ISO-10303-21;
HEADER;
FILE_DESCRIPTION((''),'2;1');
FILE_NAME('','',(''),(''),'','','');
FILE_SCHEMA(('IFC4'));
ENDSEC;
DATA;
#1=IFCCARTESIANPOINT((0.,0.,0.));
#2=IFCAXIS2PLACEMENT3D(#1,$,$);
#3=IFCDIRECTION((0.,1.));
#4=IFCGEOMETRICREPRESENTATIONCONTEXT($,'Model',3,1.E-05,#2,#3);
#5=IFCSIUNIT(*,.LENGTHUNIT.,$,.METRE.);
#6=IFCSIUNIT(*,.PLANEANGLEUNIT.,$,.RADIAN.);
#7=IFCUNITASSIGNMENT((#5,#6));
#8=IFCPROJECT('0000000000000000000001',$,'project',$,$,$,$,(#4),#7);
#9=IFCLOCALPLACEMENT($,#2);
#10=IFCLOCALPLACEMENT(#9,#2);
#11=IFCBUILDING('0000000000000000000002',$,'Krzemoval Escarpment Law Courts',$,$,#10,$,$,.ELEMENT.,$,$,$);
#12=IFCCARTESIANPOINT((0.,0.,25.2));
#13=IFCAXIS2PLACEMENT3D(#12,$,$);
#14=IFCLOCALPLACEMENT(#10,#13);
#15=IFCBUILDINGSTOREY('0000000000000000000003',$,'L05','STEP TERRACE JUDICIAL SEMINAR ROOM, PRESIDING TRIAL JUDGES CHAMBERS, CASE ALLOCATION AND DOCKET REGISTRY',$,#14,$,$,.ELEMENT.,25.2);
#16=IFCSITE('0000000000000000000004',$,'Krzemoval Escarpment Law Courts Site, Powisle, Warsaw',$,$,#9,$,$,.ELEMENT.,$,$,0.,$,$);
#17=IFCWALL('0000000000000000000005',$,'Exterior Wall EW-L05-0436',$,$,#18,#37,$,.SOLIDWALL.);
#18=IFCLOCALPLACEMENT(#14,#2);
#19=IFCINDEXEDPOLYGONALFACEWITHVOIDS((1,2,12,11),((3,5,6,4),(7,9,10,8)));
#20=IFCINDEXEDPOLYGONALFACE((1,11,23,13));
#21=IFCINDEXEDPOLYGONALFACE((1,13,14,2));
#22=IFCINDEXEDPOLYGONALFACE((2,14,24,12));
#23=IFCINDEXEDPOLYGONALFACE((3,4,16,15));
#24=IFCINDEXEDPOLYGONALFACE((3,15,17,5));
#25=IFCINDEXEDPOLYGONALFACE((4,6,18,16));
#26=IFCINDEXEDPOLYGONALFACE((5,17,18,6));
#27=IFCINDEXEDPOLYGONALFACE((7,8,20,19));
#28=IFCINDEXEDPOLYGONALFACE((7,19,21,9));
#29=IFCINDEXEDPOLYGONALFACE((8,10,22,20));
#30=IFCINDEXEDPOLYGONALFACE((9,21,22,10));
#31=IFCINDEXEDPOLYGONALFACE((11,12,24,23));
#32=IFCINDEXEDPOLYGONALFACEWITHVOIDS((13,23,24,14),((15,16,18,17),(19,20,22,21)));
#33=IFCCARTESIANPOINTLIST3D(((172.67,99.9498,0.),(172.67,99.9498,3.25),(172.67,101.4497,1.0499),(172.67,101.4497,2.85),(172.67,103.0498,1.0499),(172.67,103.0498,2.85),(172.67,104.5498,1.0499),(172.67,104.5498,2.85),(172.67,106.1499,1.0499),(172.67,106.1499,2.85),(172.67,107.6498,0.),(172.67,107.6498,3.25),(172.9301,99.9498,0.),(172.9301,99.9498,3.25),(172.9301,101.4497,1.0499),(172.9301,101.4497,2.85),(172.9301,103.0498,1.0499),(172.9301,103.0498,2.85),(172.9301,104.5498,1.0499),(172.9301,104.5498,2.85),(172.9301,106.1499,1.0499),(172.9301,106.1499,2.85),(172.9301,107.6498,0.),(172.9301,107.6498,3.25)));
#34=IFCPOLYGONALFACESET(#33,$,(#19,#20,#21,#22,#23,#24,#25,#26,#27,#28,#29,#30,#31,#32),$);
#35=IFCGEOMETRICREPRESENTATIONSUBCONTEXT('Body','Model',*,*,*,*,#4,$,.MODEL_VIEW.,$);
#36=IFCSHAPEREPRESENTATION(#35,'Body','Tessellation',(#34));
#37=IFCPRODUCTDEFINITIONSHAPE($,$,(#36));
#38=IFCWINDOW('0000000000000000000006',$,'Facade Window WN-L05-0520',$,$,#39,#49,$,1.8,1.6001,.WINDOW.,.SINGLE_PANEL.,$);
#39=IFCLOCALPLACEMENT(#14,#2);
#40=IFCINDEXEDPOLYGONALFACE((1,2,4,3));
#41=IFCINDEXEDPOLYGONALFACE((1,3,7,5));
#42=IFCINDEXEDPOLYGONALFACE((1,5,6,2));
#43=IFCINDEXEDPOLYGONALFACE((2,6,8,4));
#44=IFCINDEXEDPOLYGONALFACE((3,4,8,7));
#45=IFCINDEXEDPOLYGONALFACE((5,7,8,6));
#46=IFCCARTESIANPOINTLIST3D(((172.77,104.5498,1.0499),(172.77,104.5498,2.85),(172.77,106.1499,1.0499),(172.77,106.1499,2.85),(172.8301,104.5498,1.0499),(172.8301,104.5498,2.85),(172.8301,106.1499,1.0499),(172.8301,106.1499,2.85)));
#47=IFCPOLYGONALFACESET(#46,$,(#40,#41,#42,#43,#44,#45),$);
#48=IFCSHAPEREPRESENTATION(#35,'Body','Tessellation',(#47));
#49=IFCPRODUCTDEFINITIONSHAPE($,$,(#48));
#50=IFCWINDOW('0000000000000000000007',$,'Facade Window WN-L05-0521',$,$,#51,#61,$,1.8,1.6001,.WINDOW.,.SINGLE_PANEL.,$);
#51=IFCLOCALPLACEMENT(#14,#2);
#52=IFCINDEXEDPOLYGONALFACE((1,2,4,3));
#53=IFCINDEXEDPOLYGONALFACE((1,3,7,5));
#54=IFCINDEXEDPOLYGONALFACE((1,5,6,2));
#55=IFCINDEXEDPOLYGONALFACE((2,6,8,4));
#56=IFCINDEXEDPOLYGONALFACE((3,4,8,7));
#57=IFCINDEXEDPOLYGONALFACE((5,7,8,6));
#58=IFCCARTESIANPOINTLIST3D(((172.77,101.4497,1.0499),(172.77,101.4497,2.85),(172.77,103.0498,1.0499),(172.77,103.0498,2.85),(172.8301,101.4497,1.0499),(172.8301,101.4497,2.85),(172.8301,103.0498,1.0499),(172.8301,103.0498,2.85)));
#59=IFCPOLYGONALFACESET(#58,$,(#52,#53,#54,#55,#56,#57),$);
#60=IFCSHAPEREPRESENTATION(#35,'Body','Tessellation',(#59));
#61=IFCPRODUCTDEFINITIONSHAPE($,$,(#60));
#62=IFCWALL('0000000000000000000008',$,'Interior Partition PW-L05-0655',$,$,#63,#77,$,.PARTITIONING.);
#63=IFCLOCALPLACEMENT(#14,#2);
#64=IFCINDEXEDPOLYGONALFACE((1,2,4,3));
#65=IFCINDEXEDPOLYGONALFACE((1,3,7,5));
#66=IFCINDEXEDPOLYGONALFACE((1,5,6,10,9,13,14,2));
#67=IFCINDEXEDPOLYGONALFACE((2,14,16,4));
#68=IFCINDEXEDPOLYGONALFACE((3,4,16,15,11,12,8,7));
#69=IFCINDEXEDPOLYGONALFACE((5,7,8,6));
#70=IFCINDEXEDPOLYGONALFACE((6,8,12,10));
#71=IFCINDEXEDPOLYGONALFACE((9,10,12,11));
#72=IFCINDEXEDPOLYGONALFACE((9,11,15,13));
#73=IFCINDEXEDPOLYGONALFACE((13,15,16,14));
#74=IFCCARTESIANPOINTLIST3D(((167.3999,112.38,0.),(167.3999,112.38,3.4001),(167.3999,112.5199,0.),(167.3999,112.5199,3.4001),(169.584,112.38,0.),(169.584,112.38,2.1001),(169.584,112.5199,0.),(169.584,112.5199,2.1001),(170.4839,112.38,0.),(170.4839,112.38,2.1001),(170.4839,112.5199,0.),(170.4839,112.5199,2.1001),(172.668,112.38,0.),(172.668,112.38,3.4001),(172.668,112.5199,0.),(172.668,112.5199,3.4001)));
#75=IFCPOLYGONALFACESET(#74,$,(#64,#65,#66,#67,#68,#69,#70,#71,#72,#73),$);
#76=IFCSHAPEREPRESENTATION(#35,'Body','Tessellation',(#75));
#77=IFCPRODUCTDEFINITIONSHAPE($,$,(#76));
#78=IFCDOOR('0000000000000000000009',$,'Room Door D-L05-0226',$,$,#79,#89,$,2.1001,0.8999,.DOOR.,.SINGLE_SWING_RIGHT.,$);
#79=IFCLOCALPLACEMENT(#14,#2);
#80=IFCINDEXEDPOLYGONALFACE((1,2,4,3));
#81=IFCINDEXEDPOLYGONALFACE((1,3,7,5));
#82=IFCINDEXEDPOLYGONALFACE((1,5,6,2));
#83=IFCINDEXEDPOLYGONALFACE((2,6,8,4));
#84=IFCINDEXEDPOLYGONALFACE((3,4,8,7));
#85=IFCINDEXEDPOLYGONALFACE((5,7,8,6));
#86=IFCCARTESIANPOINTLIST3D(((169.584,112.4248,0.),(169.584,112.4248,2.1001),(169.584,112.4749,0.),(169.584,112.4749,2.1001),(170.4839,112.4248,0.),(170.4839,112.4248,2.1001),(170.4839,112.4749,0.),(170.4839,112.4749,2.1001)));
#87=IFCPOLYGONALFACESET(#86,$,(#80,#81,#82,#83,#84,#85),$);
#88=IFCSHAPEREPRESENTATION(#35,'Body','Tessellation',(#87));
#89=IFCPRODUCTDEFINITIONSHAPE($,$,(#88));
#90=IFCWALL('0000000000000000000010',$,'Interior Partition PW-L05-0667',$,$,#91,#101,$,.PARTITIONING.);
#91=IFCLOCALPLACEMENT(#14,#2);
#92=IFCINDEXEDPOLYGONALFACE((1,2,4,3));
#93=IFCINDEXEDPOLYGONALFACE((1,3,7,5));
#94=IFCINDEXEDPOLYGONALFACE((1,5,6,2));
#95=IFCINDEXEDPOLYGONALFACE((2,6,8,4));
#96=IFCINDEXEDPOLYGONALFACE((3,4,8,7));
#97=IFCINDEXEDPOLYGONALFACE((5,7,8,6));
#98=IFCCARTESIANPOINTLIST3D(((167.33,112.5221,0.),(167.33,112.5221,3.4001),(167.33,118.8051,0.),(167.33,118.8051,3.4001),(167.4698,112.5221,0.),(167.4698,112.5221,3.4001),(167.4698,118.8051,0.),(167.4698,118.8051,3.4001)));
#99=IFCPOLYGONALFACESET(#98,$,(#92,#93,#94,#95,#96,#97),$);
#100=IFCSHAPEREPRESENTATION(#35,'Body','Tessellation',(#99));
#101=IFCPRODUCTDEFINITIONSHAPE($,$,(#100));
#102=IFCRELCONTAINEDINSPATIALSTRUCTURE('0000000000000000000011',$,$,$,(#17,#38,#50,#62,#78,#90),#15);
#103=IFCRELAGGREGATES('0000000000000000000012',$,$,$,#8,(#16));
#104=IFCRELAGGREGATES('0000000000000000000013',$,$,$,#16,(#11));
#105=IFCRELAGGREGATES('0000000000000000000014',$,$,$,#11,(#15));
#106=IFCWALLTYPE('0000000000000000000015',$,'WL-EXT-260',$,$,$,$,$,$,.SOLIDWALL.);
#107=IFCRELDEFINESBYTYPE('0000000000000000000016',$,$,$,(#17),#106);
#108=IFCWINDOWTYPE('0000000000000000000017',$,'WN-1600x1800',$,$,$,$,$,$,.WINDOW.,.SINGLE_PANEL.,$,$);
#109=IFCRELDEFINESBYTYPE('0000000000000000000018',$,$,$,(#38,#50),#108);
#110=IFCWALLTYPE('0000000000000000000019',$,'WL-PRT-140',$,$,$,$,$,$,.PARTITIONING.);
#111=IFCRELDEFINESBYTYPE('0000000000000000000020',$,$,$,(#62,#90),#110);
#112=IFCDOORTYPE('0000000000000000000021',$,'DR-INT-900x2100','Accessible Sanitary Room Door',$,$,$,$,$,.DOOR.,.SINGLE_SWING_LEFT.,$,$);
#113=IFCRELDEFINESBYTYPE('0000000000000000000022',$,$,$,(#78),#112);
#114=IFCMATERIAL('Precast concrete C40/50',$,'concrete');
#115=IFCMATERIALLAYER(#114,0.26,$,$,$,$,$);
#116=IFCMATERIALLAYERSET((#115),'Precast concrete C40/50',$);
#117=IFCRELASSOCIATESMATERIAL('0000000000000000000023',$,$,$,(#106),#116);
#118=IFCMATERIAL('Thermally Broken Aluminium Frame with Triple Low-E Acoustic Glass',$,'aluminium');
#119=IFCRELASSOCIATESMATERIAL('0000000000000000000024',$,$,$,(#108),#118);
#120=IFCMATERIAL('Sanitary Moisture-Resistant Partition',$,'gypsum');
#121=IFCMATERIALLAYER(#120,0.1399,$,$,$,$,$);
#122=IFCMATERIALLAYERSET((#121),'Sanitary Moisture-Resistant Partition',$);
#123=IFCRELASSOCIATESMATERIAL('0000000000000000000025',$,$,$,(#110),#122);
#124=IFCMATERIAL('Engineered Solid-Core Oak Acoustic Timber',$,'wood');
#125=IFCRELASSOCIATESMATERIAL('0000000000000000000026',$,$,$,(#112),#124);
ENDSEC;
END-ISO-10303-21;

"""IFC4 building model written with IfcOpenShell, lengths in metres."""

from ifc_helpers import new_model, si_unit, direction, frame, frame_2d, origin, place, context, subcontext, project, spatial, rectangle, extrude, material, layer, layer_set, type_object, element, fill, save


model = new_model("IFC4")

# Units and contexts
model_context = context("Model", 3, precision=1e-05, world=origin(), true_north=direction((0.0, 1.0)))
body_context = subcontext(model_context, "Body", "Model", "MODEL_VIEW")
ifc_project = project(units=[si_unit("LENGTHUNIT", "METRE"), si_unit("PLANEANGLEUNIT", "RADIAN")], contexts=[model_context])

# Site, building, storey
site_placement = place(None, origin())
site = spatial("IfcSite", under=ifc_project, at=site_placement, Name="Krzemoval Escarpment Law Courts Site, Powisle, Warsaw", CompositionType="ELEMENT", RefElevation=0.0)
building_placement = place(site_placement, origin())
building = spatial("IfcBuilding", under=site, at=building_placement, Name="Krzemoval Escarpment Law Courts", CompositionType="ELEMENT")
storey_placement = place(building_placement, frame((0.0, 0.0, 25.2)))
storey = spatial("IfcBuildingStorey", under=building, at=storey_placement, Name="L05", Description="STEP TERRACE JUDICIAL SEMINAR ROOM, PRESIDING TRIAL JUDGES CHAMBERS, CASE ALLOCATION AND DOCKET REGISTRY", CompositionType="ELEMENT", Elevation=25.2)

# Shared definitions
ifc_material_1 = material(Name="Precast concrete C40/50", Category="concrete")
ifc_layer_1 = layer(ifc_material_1, 0.26)
ifc_layer_set_1 = layer_set([ifc_layer_1], Name="Precast concrete C40/50")
wall_type_1 = type_object("IfcWallType", Name="WL-EXT-260", PredefinedType="SOLIDWALL", material=ifc_layer_set_1)
ifc_material_2 = material(Name="Thermally Broken Aluminium Frame with Triple Low-E Acoustic Glass", Category="aluminium")
window_type = type_object("IfcWindowType", Name="WN-1600x1800", PartitioningType="SINGLE_PANEL", PredefinedType="WINDOW", material=ifc_material_2)

# Wall, openings, windows
wall_1_placement = place(storey_placement, frame((172.8, 107.6499, 0.0), z_axis=(0.0, 0.0, 1.0), x_axis=(0.0, -1.0, 0.0)))
wall_1 = element("IfcWall", 1, at=wall_1_placement, inside=storey, type_object=wall_type_1, Name="Exterior Wall EW-L05-0436", PredefinedType="SOLIDWALL", context=body_context, shape_type="SweptSolid", body=[
    extrude(rectangle(XDim=7.7, YDim=0.26, at=frame_2d((3.8501, 0.0))), origin(), (0.0, 0.0, 1.0), 3.25),
])
opening_1_placement = place(wall_1_placement, frame((1.5, 0.0, 1.05)))
opening_1 = element("IfcOpeningElement", 2, at=opening_1_placement, cuts=wall_1, PredefinedType="OPENING", context=body_context, shape_type="SweptSolid", body=[
    extrude(rectangle(XDim=1.6001, YDim=1.8, at=frame_2d((0.8, 0.8999))), frame((0.0, 0.145, 0.0), z_axis=(0.0, -1.0, 0.0), x_axis=(1.0, 0.0, 0.0)), (0.0, 0.0, 1.0), 0.29),
])
opening_2_placement = place(wall_1_placement, frame((4.6001, 0.0, 1.05)))
opening_2 = element("IfcOpeningElement", 3, at=opening_2_placement, cuts=wall_1, PredefinedType="OPENING", context=body_context, shape_type="SweptSolid", body=[
    extrude(rectangle(XDim=1.6001, YDim=1.8, at=frame_2d((0.8, 0.8999))), frame((0.0, 0.145, 0.0), z_axis=(0.0, -1.0, 0.0), x_axis=(1.0, 0.0, 0.0)), (0.0, 0.0, 1.0), 0.29),
])
window_1_placement = place(opening_1_placement, origin())
window_1 = element("IfcWindow", 4, at=window_1_placement, inside=storey, type_object=window_type, Name="Facade Window WN-L05-0520", OverallHeight=1.8, OverallWidth=1.6001, PartitioningType="SINGLE_PANEL", PredefinedType="WINDOW", context=body_context, shape_type="SweptSolid", body=[
    extrude(rectangle(XDim=1.6001, YDim=1.8, at=frame_2d((0.8, 0.8999))), frame((0.0, 0.03, 0.0), z_axis=(0.0, -1.0, 0.0), x_axis=(1.0, 0.0, 0.0)), (0.0, 0.0, 1.0), 0.0601),
])
fill(opening_1, window_1)
window_2_placement = place(opening_2_placement, origin())
window_2 = element("IfcWindow", 5, at=window_2_placement, inside=storey, type_object=window_type, Name="Facade Window WN-L05-0521", OverallHeight=1.8, OverallWidth=1.6001, PartitioningType="SINGLE_PANEL", PredefinedType="WINDOW", context=body_context, shape_type="SweptSolid", body=[
    extrude(rectangle(XDim=1.6001, YDim=1.8, at=frame_2d((0.8, 0.8999))), frame((0.0, 0.03, 0.0), z_axis=(0.0, -1.0, 0.0), x_axis=(1.0, 0.0, 0.0)), (0.0, 0.0, 1.0), 0.0601),
])
fill(opening_2, window_2)

# Wall, opening, door
ifc_material_3 = material(Name="Sanitary Moisture-Resistant Partition", Category="gypsum")
ifc_layer_2 = layer(ifc_material_3, 0.1399)
ifc_layer_set_2 = layer_set([ifc_layer_2], Name="Sanitary Moisture-Resistant Partition")
wall_type_2 = type_object("IfcWallType", Name="WL-PRT-140", PredefinedType="PARTITIONING", material=ifc_layer_set_2)
wall_2_placement = place(storey_placement, frame((167.3999, 112.45, 0.0), z_axis=(0.0, 0.0, 1.0), x_axis=(1.0, 0.0, 0.0)))
wall_2 = element("IfcWall", 6, at=wall_2_placement, inside=storey, type_object=wall_type_2, Name="Interior Partition PW-L05-0655", PredefinedType="PARTITIONING", context=body_context, shape_type="SweptSolid", body=[
    extrude(rectangle(XDim=5.2681, YDim=0.1399, at=frame_2d((2.634, 0.0))), origin(), (0.0, 0.0, 1.0), 3.4001),
])
opening_3_placement = place(wall_2_placement, frame((2.1841, 0.0, 0.0)))
opening_3 = element("IfcOpeningElement", 7, at=opening_3_placement, cuts=wall_2, PredefinedType="OPENING", context=body_context, shape_type="SweptSolid", body=[
    extrude(rectangle(XDim=0.8999, YDim=2.1001, at=frame_2d((0.45, 1.05))), frame((0.0, 0.0849, 0.0), z_axis=(0.0, -1.0, 0.0), x_axis=(1.0, 0.0, 0.0)), (0.0, 0.0, 1.0), 0.1699),
])
ifc_material_4 = material(Name="Engineered Solid-Core Oak Acoustic Timber", Category="wood")
door_type = type_object("IfcDoorType", Name="DR-INT-900x2100", Description="Accessible Sanitary Room Door", OperationType="SINGLE_SWING_LEFT", PredefinedType="DOOR", material=ifc_material_4)
door_placement = place(opening_3_placement, origin())
door = element("IfcDoor", 8, at=door_placement, inside=storey, type_object=door_type, Name="Room Door D-L05-0226", OperationType="SINGLE_SWING_RIGHT", OverallHeight=2.1001, OverallWidth=0.8999, PredefinedType="DOOR", context=body_context, shape_type="SweptSolid", body=[
    extrude(rectangle(XDim=0.8999, YDim=2.1001, at=frame_2d((0.45, 1.05))), frame((0.0, 0.0249, 0.0), z_axis=(0.0, -1.0, 0.0), x_axis=(1.0, 0.0, 0.0)), (0.0, 0.0, 1.0), 0.05),
])
fill(opening_3, door)

# Wall
wall_3_placement = place(storey_placement, frame((167.3999, 112.522, 0.0), z_axis=(0.0, 0.0, 1.0), x_axis=(0.0, 1.0, 0.0)))
element("IfcWall", 9, at=wall_3_placement, inside=storey, type_object=wall_type_2, Name="Interior Partition PW-L05-0667", PredefinedType="PARTITIONING", context=body_context, shape_type="SweptSolid", body=[
    extrude(rectangle(XDim=6.283, YDim=0.1399, at=frame_2d((3.1416, 0.0))), origin(), (0.0, 0.0, 1.0), 3.4001),
])

save(model, "model.ifc")
